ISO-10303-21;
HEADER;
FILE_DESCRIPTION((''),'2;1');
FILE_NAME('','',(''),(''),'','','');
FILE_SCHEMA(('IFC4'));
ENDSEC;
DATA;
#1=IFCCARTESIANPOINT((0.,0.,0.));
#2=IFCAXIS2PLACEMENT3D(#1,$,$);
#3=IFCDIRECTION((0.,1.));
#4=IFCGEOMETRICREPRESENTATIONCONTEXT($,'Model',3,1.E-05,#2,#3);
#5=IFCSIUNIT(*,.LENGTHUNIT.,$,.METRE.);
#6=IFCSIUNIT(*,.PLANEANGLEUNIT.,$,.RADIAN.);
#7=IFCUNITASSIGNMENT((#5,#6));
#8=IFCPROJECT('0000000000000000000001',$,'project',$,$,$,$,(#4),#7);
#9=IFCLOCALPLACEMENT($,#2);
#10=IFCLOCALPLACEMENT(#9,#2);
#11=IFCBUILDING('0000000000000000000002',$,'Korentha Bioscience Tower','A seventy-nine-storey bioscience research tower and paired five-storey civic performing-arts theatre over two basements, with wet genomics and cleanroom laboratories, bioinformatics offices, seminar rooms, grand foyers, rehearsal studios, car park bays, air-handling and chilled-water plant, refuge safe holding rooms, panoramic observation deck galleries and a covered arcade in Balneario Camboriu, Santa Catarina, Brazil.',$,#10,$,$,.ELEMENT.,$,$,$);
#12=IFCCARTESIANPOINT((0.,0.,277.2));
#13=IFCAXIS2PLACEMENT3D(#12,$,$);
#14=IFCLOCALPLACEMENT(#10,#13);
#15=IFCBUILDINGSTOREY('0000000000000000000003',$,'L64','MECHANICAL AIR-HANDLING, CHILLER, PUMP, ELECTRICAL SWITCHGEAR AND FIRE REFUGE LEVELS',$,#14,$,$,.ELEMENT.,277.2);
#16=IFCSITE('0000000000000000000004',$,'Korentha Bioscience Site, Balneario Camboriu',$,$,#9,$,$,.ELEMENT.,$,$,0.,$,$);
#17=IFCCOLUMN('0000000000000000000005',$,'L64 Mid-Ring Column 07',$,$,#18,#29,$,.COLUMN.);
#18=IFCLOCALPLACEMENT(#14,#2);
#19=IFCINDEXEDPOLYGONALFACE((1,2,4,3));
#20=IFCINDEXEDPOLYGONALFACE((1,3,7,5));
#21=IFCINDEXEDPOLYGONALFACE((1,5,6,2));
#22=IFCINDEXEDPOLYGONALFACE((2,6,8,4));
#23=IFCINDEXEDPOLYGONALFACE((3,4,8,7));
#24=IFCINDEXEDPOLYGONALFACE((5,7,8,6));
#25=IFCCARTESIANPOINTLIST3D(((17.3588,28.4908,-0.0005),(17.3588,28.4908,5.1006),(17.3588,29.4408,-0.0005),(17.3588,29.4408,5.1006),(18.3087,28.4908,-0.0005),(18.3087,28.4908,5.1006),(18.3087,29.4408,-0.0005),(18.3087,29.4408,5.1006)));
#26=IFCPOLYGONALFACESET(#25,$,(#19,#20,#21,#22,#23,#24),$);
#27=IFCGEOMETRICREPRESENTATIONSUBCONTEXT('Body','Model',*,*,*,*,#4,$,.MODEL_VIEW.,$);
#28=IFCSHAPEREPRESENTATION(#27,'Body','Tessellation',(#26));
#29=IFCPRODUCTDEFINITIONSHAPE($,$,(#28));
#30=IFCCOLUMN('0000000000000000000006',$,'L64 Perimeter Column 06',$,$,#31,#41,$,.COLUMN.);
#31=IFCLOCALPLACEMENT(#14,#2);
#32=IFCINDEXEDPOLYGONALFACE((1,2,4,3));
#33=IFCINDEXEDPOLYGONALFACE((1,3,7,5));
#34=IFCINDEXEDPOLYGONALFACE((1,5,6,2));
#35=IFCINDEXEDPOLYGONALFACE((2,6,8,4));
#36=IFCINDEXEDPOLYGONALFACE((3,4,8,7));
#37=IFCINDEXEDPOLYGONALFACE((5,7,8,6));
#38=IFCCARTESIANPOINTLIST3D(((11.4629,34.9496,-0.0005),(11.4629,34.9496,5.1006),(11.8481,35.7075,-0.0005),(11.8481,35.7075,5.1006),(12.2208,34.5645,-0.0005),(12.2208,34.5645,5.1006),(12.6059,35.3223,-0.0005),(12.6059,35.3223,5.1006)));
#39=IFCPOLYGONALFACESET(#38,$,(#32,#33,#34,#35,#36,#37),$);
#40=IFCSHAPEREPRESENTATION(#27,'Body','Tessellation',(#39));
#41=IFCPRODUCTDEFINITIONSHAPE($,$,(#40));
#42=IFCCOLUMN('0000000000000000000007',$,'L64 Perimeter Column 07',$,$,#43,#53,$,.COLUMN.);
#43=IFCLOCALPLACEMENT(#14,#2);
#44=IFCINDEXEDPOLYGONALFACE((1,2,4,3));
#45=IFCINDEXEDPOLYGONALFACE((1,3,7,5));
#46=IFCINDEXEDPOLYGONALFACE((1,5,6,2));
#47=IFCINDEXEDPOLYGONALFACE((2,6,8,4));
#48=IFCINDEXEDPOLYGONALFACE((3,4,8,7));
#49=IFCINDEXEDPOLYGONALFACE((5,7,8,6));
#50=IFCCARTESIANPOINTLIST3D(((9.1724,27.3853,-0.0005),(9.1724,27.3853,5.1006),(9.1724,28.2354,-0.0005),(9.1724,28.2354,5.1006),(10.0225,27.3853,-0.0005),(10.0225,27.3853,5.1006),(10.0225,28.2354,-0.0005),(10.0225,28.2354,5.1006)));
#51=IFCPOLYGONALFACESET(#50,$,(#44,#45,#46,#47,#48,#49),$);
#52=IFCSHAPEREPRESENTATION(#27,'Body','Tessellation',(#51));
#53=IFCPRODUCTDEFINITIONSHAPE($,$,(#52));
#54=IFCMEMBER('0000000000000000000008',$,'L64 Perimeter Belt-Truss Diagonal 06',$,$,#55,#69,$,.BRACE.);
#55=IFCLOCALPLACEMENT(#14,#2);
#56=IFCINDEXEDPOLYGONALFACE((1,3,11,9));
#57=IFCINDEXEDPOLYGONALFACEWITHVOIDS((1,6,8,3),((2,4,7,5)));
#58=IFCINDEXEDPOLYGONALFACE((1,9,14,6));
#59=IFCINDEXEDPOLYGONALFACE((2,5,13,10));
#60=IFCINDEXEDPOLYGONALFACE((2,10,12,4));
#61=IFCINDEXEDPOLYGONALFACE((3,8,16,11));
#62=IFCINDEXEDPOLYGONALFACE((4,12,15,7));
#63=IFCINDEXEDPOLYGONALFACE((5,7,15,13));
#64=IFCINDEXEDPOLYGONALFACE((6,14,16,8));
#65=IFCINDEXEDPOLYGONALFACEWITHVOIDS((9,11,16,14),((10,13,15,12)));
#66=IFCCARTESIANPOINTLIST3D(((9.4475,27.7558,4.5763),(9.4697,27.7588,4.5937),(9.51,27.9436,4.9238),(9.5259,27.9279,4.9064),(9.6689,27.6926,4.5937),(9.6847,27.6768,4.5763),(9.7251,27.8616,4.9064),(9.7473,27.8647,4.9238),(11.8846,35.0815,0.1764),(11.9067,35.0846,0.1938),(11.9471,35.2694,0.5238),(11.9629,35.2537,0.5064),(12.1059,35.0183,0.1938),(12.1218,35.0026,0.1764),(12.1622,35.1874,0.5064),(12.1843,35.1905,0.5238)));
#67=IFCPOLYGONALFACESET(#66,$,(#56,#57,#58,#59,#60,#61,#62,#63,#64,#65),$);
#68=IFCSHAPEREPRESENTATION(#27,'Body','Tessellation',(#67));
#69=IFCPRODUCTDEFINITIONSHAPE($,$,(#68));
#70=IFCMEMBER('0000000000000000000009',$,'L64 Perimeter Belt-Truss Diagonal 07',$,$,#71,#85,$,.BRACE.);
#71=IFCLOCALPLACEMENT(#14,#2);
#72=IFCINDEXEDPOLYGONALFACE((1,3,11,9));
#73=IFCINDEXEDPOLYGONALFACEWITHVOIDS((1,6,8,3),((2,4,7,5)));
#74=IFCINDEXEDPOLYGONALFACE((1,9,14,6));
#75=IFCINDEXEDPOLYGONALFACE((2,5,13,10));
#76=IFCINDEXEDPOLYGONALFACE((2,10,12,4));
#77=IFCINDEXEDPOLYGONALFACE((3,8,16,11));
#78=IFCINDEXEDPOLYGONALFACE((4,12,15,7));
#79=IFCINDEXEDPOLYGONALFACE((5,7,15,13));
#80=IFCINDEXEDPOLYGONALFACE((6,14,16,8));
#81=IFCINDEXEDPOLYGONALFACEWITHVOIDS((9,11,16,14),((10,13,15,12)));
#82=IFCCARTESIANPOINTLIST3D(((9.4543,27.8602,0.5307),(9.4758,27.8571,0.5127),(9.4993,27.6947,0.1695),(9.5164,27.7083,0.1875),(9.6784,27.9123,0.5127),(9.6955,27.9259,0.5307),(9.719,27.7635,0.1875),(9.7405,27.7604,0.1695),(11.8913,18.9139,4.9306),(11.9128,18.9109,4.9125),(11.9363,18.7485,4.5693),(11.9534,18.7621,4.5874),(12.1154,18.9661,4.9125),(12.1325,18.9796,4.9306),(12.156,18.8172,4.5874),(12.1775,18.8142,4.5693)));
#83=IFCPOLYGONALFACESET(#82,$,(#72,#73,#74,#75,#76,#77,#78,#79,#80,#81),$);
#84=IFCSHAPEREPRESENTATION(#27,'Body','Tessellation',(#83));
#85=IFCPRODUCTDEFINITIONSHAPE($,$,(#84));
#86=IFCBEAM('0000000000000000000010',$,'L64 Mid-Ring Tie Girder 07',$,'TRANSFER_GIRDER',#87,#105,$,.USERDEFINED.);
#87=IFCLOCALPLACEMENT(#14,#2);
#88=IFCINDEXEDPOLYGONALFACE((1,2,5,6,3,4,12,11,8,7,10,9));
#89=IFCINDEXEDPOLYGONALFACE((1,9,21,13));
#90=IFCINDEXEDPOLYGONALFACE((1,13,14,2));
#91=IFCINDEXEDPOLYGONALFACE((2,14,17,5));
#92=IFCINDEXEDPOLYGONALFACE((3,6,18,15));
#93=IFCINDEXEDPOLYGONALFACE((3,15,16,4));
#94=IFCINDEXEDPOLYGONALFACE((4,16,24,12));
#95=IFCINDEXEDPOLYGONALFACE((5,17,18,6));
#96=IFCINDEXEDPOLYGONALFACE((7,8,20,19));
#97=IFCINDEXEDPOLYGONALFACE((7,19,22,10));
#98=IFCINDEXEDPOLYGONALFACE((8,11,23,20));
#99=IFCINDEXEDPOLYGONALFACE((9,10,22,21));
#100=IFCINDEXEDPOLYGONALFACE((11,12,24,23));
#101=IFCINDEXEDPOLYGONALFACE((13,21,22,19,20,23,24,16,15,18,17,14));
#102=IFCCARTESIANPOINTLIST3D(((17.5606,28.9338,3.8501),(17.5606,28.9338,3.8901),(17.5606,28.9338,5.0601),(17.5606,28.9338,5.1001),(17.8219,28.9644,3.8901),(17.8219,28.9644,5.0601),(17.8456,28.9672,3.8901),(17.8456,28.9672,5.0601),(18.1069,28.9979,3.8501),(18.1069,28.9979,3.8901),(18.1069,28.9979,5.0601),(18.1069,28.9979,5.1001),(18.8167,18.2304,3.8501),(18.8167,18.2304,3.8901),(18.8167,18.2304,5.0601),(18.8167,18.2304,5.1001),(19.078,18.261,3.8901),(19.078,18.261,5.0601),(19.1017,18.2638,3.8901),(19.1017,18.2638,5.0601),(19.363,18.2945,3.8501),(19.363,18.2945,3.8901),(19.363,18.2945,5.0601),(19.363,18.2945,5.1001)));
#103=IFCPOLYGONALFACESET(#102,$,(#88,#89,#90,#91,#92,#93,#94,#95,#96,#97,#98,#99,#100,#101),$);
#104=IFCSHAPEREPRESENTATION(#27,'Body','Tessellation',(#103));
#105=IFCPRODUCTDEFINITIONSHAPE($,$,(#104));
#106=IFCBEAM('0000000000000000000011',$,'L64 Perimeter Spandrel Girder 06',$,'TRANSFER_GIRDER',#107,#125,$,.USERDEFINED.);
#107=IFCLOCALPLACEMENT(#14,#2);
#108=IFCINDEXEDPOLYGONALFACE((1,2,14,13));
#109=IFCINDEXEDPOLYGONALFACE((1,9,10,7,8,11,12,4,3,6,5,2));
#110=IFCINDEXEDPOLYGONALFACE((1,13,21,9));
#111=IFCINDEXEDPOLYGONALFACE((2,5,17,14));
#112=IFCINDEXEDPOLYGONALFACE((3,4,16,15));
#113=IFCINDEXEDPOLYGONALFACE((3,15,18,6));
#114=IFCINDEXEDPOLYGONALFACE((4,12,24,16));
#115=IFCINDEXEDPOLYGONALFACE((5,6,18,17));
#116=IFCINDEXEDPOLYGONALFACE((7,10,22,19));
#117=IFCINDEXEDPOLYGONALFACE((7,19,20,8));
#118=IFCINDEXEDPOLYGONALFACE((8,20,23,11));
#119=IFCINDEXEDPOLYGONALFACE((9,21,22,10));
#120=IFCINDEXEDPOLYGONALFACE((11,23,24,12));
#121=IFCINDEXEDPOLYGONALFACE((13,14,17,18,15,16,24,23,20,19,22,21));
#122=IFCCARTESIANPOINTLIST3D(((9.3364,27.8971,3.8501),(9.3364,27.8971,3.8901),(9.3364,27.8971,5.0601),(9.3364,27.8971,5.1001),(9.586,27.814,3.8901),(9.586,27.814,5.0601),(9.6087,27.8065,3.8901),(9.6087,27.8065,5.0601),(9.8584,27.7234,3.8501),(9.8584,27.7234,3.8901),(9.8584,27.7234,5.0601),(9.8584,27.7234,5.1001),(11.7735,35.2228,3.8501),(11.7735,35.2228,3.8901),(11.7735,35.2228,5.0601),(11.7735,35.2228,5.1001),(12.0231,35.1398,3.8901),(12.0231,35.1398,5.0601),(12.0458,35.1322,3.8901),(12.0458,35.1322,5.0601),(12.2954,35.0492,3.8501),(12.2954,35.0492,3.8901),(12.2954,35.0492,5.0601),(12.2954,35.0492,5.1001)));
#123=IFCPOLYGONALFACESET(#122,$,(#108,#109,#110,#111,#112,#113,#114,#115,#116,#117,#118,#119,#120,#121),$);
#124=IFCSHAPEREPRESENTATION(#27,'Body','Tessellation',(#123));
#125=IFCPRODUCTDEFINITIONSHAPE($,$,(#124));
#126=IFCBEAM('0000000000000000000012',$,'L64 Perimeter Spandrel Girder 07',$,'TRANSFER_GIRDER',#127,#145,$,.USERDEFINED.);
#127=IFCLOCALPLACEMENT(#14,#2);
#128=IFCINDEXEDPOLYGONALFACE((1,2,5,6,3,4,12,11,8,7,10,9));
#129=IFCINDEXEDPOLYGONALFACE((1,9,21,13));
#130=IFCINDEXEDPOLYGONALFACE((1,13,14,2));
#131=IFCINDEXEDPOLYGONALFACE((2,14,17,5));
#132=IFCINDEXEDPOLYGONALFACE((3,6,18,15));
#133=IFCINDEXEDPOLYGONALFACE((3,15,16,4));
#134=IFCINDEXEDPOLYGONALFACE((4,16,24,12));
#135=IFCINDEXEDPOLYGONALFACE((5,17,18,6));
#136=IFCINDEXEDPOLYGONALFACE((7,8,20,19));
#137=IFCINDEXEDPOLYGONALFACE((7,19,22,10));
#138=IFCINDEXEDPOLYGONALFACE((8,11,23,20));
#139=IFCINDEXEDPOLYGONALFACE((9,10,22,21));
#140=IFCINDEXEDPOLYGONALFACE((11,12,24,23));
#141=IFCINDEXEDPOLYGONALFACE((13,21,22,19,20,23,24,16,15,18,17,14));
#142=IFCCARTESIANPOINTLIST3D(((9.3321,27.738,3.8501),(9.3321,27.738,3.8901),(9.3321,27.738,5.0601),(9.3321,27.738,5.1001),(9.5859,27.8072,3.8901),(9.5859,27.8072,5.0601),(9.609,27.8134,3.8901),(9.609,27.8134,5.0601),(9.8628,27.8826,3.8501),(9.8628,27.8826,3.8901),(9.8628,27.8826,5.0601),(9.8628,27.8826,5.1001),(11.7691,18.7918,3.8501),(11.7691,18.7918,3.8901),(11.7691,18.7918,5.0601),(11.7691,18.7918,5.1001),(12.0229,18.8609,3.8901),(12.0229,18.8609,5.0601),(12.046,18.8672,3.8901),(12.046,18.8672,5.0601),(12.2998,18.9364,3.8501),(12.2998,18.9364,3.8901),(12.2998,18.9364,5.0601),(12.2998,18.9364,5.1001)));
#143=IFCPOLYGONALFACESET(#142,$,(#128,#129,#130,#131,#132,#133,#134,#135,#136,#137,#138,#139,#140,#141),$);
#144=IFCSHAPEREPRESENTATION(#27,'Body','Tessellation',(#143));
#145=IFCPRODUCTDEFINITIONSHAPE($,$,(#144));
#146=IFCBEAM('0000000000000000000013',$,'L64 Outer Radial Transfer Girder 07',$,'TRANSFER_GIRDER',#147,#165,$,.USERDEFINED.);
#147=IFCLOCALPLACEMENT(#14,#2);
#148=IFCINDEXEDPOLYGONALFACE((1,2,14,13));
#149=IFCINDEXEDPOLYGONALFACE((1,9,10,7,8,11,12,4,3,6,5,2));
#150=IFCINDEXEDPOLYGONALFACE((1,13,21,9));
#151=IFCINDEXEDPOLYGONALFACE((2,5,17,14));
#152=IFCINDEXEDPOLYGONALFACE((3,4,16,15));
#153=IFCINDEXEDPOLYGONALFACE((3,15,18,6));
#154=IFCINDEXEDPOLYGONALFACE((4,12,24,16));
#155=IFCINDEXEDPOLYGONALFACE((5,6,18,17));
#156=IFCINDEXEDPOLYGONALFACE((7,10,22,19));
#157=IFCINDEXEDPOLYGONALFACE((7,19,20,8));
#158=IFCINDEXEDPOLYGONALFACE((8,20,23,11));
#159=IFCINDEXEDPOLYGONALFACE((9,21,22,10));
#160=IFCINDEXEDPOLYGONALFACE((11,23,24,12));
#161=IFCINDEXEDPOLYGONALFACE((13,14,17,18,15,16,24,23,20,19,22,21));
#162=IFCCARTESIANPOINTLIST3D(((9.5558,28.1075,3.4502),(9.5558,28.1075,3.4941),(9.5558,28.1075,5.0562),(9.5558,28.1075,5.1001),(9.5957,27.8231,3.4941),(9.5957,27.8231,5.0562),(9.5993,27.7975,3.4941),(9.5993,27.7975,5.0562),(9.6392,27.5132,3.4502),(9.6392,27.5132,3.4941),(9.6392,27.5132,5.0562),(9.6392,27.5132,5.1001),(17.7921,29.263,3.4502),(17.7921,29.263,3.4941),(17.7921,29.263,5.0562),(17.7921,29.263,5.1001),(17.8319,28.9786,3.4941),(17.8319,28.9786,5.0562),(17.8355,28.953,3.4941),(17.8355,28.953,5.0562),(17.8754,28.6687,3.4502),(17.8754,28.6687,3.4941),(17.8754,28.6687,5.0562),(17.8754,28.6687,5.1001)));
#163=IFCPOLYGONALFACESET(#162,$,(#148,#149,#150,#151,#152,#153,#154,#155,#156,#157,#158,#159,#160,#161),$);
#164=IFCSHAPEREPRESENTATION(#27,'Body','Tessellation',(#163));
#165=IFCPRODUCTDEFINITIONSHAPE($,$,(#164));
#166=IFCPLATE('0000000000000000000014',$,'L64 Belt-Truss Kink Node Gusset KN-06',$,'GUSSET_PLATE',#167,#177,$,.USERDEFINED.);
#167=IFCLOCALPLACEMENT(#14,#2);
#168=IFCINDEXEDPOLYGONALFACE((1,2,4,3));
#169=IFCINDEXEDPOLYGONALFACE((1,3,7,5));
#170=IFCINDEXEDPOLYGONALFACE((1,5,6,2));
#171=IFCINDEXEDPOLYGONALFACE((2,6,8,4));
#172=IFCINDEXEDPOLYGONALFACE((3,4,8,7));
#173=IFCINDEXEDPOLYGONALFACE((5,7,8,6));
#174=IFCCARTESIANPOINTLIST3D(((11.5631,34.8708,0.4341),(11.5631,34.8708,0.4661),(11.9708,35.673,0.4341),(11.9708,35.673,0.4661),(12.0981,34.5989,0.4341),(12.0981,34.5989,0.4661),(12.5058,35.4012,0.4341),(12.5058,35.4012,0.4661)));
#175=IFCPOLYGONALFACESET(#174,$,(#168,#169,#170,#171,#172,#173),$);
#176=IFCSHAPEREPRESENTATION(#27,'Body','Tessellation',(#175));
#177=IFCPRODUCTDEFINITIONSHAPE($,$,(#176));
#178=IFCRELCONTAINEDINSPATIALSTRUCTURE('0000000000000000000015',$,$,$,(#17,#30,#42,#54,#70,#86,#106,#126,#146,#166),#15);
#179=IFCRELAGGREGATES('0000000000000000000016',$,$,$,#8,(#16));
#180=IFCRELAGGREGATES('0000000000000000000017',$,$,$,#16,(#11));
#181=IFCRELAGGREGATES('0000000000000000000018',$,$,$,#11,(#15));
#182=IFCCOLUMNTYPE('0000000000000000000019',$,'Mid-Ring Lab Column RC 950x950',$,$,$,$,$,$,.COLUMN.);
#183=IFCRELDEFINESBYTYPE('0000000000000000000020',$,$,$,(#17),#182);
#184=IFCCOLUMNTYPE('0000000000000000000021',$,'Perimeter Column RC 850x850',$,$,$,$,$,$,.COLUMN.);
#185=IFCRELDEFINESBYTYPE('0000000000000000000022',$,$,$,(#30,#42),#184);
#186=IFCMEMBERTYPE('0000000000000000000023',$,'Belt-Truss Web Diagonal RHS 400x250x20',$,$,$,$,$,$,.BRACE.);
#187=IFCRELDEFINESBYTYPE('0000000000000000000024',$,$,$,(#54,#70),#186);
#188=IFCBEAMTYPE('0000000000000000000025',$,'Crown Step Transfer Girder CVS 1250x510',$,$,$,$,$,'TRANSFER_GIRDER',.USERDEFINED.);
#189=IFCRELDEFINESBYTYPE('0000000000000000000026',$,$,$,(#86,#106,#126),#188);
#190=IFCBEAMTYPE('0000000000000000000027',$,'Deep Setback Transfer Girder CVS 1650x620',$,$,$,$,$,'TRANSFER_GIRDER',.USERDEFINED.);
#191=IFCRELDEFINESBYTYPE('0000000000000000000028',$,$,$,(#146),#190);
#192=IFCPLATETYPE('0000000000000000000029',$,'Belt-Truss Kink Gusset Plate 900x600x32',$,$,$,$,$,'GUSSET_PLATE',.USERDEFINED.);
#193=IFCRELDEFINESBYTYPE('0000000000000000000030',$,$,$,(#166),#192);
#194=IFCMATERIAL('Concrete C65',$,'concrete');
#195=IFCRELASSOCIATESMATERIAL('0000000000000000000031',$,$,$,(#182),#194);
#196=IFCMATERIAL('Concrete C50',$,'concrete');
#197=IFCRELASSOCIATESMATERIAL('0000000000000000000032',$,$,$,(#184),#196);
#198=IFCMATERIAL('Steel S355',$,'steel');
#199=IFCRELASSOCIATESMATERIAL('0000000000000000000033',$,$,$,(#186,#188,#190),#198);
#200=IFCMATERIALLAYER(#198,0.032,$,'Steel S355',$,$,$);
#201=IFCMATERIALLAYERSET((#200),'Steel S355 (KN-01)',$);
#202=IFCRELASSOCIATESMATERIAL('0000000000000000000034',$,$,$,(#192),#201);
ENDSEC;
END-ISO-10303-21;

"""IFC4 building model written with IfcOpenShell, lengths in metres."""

from ifc_helpers import new_model, si_unit, direction, frame, origin, origin_2d, place, context, subcontext, project, spatial, rectangle, hollow_rectangle, i_section, extrude, material, layer, layer_set, material_profile, profile_set, type_object, element, save


model = new_model("IFC4")

# Units and contexts
model_context = context("Model", 3, precision=1e-05, world=origin(), true_north=direction((0.0, 1.0)))
body_context = subcontext(model_context, "Body", "Model", "MODEL_VIEW")
ifc_project = project(units=[si_unit("LENGTHUNIT", "METRE"), si_unit("PLANEANGLEUNIT", "RADIAN")], contexts=[model_context])

# Site, building, storey
site_placement = place(None, origin())
site = spatial("IfcSite", under=ifc_project, at=site_placement, Name="Korentha Bioscience Site, Balneario Camboriu", CompositionType="ELEMENT", RefElevation=0.0)
building_placement = place(site_placement, origin())
building = spatial("IfcBuilding", under=site, at=building_placement, Name="Korentha Bioscience Tower", Description="A seventy-nine-storey bioscience research tower and paired five-storey civic performing-arts theatre over two basements, with wet genomics and cleanroom laboratories, bioinformatics offices, seminar rooms, grand foyers, rehearsal studios, car park bays, air-handling and chilled-water plant, refuge safe holding rooms, panoramic observation deck galleries and a covered arcade in Balneario Camboriu, Santa Catarina, Brazil.", CompositionType="ELEMENT")
storey_placement = place(building_placement, frame((0.0, 0.0, 277.2)))
storey = spatial("IfcBuildingStorey", under=building, at=storey_placement, Name="L64", Description="MECHANICAL AIR-HANDLING, CHILLER, PUMP, ELECTRICAL SWITCHGEAR AND FIRE REFUGE LEVELS", CompositionType="ELEMENT", Elevation=277.2)

# Columns
ifc_material_1 = material(Name="Concrete C65", Category="concrete")
ifc_material_profile_1 = material_profile(ifc_material_1, rectangle(XDim=0.95, YDim=0.95, at=origin_2d()), Name="Concrete C65")
ifc_profile_set_1 = profile_set([ifc_material_profile_1], Name="Concrete C65 (COL-MR09)")
column_type_1 = type_object("IfcColumnType", Name="Mid-Ring Lab Column RC 950x950", PredefinedType="COLUMN", material=ifc_profile_set_1)
column_placement = place(storey_placement, frame((17.8337, 28.9658, -0.0005), z_axis=(0.0, 0.0, 1.0), x_axis=(1.0, 0.0, 0.0)))
element("IfcColumn", 1, at=column_placement, inside=storey, type_object=column_type_1, Name="L64 Mid-Ring Column 07", PredefinedType="COLUMN", context=body_context, shape_type="SweptSolid", body=[
    extrude(rectangle(XDim=0.95, YDim=0.95, at=origin_2d()), origin(), (0.0, 0.0, 1.0), 5.1011),
])
ifc_material_2 = material(Name="Concrete C50", Category="concrete")
ifc_material_profile_2 = material_profile(ifc_material_2, rectangle(XDim=0.8501, YDim=0.8501, at=origin_2d()), Name="Concrete C50")
ifc_profile_set_2 = profile_set([ifc_material_profile_2], Name="Concrete C50 (COL-P08)")
column_type_2 = type_object("IfcColumnType", Name="Perimeter Column RC 850x850", PredefinedType="COLUMN", material=ifc_profile_set_2)
for number, where, z_axis, x_axis, name in (
    (2, (12.0344, 35.136, -0.0005), (0.0, 0.0, 1.0), (0.453057, 0.891481, 0.0), "L64 Perimeter Column 06"),
    (3, (9.5974, 27.8103, -0.0005), (0.0, 0.0, 1.0), (0.0, 1.0, 0.0), "L64 Perimeter Column 07"),
):
    element("IfcColumn", number, at=place(storey_placement, frame(where, z_axis=z_axis, x_axis=x_axis)), inside=storey, type_object=column_type_2, Name=name, PredefinedType="COLUMN", context=body_context, shape_type="SweptSolid", body=[
        extrude(rectangle(XDim=0.8501, YDim=0.8501, at=origin_2d()), origin(), (0.0, 0.0, 1.0), 5.1011),
    ])

# Members
ifc_material_3 = material(Name="Steel S355", Category="steel")
ifc_material_profile_3 = material_profile(ifc_material_3, hollow_rectangle(XDim=0.25, YDim=0.3999, WallThickness=0.02, at=origin_2d()), Name="Steel S355")
ifc_profile_set_3 = profile_set([ifc_material_profile_3], Name="Steel S355 (BT-D400)")
member_type = type_object("IfcMemberType", Name="Belt-Truss Web Diagonal RHS 400x250x20", PredefinedType="BRACE", material=ifc_profile_set_3)
member_1_placement = place(storey_placement, frame((12.0344, 35.136, 0.3501), z_axis=(-0.274248, -0.824393, 0.495141), x_axis=(0.948873, -0.315658, 0.0)))
element("IfcMember", 4, at=member_1_placement, inside=storey, type_object=member_type, Name="L64 Perimeter Belt-Truss Diagonal 06", PredefinedType="BRACE", context=body_context, shape_type="SweptSolid", body=[
    extrude(hollow_rectangle(XDim=0.25, YDim=0.3999, WallThickness=0.02, at=origin_2d()), origin(), (0.0, 0.0, 1.0), 8.8862),
])
member_2_placement = place(storey_placement, frame((9.5974, 27.8103, 0.3501), z_axis=(0.23745, -0.871682, 0.428705), x_axis=(0.964843, 0.262828, 0.0)))
element("IfcMember", 5, at=member_2_placement, inside=storey, type_object=member_type, Name="L64 Perimeter Belt-Truss Diagonal 07", PredefinedType="BRACE", context=body_context, shape_type="SweptSolid", body=[
    extrude(hollow_rectangle(XDim=0.25, YDim=0.3999, WallThickness=0.02, at=origin_2d()), origin(), (0.0, 0.0, 1.0), 10.2632),
])

# Beams
ifc_material_profile_4 = material_profile(ifc_material_3, i_section(OverallWidth=0.55, OverallDepth=1.25, WebThickness=0.0239, FlangeThickness=0.04, at=origin_2d()), Name="Steel S355")
ifc_profile_set_4 = profile_set([ifc_material_profile_4], Name="Steel S355 (TG-03)")
beam_type_1 = type_object("IfcBeamType", Name="Crown Step Transfer Girder CVS 1250x510", ElementType="TRANSFER_GIRDER", PredefinedType="USERDEFINED", material=ifc_profile_set_4)
beam_1_placement = place(storey_placement, frame((17.8337, 28.9658, 4.4751), z_axis=(0.116556, -0.993184, 0.0), x_axis=(0.993184, 0.116556, 0.0)))
element("IfcBeam", 6, at=beam_1_placement, inside=storey, type_object=beam_type_1, Name="L64 Mid-Ring Tie Girder 07", ObjectType="TRANSFER_GIRDER", PredefinedType="USERDEFINED", context=body_context, shape_type="SweptSolid", body=[
    extrude(i_section(OverallWidth=0.55, OverallDepth=1.25, WebThickness=0.0239, FlangeThickness=0.04, at=origin_2d()), origin(), (0.0, 0.0, 1.0), 10.7769),
])
beam_2_placement = place(storey_placement, frame((12.0344, 35.136, 4.4751), z_axis=(-0.315658, -0.948873, 0.0), x_axis=(0.948873, -0.315658, 0.0)))
element("IfcBeam", 7, at=beam_2_placement, inside=storey, type_object=beam_type_1, Name="L64 Perimeter Spandrel Girder 06", ObjectType="TRANSFER_GIRDER", PredefinedType="USERDEFINED", context=body_context, shape_type="SweptSolid", body=[
    extrude(i_section(OverallWidth=0.55, OverallDepth=1.25, WebThickness=0.0239, FlangeThickness=0.04, at=origin_2d()), origin(), (0.0, 0.0, 1.0), 7.7205),
])
beam_3_placement = place(storey_placement, frame((9.5974, 27.8103, 4.4751), z_axis=(0.262828, -0.964843, 0.0), x_axis=(0.964843, 0.262828, 0.0)))
element("IfcBeam", 8, at=beam_3_placement, inside=storey, type_object=beam_type_1, Name="L64 Perimeter Spandrel Girder 07", ObjectType="TRANSFER_GIRDER", PredefinedType="USERDEFINED", context=body_context, shape_type="SweptSolid", body=[
    extrude(i_section(OverallWidth=0.55, OverallDepth=1.25, WebThickness=0.0239, FlangeThickness=0.04, at=origin_2d()), origin(), (0.0, 0.0, 1.0), 9.2722),
])
ifc_material_profile_5 = material_profile(ifc_material_3, i_section(OverallWidth=0.6001, OverallDepth=1.6499, WebThickness=0.0259, FlangeThickness=0.0439, at=origin_2d()), Name="Steel S355")
ifc_profile_set_5 = profile_set([ifc_material_profile_5], Name="Steel S355 (TG-04)")
beam_type_2 = type_object("IfcBeamType", Name="Deep Setback Transfer Girder CVS 1650x620", ElementType="TRANSFER_GIRDER", PredefinedType="USERDEFINED", material=ifc_profile_set_5)
beam_4_placement = place(storey_placement, frame((17.8337, 28.9658, 4.2751), z_axis=(-0.990302, -0.138935, 0.0), x_axis=(0.138935, -0.990302, 0.0)))
element("IfcBeam", 9, at=beam_4_placement, inside=storey, type_object=beam_type_2, Name="L64 Outer Radial Transfer Girder 07", ObjectType="TRANSFER_GIRDER", PredefinedType="USERDEFINED", context=body_context, shape_type="SweptSolid", body=[
    extrude(i_section(OverallWidth=0.6001, OverallDepth=1.6499, WebThickness=0.0259, FlangeThickness=0.0439, at=origin_2d()), origin(), (0.0, 0.0, 1.0), 8.3169),
])

# Plate
ifc_layer_1 = layer(ifc_material_3, 0.032, Name="Steel S355")
ifc_layer_set_1 = layer_set([ifc_layer_1], Name="Steel S355 (KN-01)")
plate_type_1 = type_object("IfcPlateType", Name="Belt-Truss Kink Gusset Plate 900x600x32", ElementType="GUSSET_PLATE", PredefinedType="USERDEFINED", material=ifc_layer_set_1)
for number, where, z_axis, x_axis, name in (
    (10, (12.0344, 35.136, 0.4341), (0.0, 0.0, 1.0), (0.453057, 0.891481, 0.0), "L64 Belt-Truss Kink Node Gusset KN-06"),
):
    element("IfcPlate", number, at=place(storey_placement, frame(where, z_axis=z_axis, x_axis=x_axis)), inside=storey, type_object=plate_type_1, Name=name, ObjectType="GUSSET_PLATE", PredefinedType="USERDEFINED", context=body_context, shape_type="SweptSolid", body=[
        extrude(rectangle(XDim=0.8999, YDim=0.6001, at=origin_2d()), origin(), (0.0, 0.0, 1.0), 0.032),
    ])

save(model, "model.ifc")
